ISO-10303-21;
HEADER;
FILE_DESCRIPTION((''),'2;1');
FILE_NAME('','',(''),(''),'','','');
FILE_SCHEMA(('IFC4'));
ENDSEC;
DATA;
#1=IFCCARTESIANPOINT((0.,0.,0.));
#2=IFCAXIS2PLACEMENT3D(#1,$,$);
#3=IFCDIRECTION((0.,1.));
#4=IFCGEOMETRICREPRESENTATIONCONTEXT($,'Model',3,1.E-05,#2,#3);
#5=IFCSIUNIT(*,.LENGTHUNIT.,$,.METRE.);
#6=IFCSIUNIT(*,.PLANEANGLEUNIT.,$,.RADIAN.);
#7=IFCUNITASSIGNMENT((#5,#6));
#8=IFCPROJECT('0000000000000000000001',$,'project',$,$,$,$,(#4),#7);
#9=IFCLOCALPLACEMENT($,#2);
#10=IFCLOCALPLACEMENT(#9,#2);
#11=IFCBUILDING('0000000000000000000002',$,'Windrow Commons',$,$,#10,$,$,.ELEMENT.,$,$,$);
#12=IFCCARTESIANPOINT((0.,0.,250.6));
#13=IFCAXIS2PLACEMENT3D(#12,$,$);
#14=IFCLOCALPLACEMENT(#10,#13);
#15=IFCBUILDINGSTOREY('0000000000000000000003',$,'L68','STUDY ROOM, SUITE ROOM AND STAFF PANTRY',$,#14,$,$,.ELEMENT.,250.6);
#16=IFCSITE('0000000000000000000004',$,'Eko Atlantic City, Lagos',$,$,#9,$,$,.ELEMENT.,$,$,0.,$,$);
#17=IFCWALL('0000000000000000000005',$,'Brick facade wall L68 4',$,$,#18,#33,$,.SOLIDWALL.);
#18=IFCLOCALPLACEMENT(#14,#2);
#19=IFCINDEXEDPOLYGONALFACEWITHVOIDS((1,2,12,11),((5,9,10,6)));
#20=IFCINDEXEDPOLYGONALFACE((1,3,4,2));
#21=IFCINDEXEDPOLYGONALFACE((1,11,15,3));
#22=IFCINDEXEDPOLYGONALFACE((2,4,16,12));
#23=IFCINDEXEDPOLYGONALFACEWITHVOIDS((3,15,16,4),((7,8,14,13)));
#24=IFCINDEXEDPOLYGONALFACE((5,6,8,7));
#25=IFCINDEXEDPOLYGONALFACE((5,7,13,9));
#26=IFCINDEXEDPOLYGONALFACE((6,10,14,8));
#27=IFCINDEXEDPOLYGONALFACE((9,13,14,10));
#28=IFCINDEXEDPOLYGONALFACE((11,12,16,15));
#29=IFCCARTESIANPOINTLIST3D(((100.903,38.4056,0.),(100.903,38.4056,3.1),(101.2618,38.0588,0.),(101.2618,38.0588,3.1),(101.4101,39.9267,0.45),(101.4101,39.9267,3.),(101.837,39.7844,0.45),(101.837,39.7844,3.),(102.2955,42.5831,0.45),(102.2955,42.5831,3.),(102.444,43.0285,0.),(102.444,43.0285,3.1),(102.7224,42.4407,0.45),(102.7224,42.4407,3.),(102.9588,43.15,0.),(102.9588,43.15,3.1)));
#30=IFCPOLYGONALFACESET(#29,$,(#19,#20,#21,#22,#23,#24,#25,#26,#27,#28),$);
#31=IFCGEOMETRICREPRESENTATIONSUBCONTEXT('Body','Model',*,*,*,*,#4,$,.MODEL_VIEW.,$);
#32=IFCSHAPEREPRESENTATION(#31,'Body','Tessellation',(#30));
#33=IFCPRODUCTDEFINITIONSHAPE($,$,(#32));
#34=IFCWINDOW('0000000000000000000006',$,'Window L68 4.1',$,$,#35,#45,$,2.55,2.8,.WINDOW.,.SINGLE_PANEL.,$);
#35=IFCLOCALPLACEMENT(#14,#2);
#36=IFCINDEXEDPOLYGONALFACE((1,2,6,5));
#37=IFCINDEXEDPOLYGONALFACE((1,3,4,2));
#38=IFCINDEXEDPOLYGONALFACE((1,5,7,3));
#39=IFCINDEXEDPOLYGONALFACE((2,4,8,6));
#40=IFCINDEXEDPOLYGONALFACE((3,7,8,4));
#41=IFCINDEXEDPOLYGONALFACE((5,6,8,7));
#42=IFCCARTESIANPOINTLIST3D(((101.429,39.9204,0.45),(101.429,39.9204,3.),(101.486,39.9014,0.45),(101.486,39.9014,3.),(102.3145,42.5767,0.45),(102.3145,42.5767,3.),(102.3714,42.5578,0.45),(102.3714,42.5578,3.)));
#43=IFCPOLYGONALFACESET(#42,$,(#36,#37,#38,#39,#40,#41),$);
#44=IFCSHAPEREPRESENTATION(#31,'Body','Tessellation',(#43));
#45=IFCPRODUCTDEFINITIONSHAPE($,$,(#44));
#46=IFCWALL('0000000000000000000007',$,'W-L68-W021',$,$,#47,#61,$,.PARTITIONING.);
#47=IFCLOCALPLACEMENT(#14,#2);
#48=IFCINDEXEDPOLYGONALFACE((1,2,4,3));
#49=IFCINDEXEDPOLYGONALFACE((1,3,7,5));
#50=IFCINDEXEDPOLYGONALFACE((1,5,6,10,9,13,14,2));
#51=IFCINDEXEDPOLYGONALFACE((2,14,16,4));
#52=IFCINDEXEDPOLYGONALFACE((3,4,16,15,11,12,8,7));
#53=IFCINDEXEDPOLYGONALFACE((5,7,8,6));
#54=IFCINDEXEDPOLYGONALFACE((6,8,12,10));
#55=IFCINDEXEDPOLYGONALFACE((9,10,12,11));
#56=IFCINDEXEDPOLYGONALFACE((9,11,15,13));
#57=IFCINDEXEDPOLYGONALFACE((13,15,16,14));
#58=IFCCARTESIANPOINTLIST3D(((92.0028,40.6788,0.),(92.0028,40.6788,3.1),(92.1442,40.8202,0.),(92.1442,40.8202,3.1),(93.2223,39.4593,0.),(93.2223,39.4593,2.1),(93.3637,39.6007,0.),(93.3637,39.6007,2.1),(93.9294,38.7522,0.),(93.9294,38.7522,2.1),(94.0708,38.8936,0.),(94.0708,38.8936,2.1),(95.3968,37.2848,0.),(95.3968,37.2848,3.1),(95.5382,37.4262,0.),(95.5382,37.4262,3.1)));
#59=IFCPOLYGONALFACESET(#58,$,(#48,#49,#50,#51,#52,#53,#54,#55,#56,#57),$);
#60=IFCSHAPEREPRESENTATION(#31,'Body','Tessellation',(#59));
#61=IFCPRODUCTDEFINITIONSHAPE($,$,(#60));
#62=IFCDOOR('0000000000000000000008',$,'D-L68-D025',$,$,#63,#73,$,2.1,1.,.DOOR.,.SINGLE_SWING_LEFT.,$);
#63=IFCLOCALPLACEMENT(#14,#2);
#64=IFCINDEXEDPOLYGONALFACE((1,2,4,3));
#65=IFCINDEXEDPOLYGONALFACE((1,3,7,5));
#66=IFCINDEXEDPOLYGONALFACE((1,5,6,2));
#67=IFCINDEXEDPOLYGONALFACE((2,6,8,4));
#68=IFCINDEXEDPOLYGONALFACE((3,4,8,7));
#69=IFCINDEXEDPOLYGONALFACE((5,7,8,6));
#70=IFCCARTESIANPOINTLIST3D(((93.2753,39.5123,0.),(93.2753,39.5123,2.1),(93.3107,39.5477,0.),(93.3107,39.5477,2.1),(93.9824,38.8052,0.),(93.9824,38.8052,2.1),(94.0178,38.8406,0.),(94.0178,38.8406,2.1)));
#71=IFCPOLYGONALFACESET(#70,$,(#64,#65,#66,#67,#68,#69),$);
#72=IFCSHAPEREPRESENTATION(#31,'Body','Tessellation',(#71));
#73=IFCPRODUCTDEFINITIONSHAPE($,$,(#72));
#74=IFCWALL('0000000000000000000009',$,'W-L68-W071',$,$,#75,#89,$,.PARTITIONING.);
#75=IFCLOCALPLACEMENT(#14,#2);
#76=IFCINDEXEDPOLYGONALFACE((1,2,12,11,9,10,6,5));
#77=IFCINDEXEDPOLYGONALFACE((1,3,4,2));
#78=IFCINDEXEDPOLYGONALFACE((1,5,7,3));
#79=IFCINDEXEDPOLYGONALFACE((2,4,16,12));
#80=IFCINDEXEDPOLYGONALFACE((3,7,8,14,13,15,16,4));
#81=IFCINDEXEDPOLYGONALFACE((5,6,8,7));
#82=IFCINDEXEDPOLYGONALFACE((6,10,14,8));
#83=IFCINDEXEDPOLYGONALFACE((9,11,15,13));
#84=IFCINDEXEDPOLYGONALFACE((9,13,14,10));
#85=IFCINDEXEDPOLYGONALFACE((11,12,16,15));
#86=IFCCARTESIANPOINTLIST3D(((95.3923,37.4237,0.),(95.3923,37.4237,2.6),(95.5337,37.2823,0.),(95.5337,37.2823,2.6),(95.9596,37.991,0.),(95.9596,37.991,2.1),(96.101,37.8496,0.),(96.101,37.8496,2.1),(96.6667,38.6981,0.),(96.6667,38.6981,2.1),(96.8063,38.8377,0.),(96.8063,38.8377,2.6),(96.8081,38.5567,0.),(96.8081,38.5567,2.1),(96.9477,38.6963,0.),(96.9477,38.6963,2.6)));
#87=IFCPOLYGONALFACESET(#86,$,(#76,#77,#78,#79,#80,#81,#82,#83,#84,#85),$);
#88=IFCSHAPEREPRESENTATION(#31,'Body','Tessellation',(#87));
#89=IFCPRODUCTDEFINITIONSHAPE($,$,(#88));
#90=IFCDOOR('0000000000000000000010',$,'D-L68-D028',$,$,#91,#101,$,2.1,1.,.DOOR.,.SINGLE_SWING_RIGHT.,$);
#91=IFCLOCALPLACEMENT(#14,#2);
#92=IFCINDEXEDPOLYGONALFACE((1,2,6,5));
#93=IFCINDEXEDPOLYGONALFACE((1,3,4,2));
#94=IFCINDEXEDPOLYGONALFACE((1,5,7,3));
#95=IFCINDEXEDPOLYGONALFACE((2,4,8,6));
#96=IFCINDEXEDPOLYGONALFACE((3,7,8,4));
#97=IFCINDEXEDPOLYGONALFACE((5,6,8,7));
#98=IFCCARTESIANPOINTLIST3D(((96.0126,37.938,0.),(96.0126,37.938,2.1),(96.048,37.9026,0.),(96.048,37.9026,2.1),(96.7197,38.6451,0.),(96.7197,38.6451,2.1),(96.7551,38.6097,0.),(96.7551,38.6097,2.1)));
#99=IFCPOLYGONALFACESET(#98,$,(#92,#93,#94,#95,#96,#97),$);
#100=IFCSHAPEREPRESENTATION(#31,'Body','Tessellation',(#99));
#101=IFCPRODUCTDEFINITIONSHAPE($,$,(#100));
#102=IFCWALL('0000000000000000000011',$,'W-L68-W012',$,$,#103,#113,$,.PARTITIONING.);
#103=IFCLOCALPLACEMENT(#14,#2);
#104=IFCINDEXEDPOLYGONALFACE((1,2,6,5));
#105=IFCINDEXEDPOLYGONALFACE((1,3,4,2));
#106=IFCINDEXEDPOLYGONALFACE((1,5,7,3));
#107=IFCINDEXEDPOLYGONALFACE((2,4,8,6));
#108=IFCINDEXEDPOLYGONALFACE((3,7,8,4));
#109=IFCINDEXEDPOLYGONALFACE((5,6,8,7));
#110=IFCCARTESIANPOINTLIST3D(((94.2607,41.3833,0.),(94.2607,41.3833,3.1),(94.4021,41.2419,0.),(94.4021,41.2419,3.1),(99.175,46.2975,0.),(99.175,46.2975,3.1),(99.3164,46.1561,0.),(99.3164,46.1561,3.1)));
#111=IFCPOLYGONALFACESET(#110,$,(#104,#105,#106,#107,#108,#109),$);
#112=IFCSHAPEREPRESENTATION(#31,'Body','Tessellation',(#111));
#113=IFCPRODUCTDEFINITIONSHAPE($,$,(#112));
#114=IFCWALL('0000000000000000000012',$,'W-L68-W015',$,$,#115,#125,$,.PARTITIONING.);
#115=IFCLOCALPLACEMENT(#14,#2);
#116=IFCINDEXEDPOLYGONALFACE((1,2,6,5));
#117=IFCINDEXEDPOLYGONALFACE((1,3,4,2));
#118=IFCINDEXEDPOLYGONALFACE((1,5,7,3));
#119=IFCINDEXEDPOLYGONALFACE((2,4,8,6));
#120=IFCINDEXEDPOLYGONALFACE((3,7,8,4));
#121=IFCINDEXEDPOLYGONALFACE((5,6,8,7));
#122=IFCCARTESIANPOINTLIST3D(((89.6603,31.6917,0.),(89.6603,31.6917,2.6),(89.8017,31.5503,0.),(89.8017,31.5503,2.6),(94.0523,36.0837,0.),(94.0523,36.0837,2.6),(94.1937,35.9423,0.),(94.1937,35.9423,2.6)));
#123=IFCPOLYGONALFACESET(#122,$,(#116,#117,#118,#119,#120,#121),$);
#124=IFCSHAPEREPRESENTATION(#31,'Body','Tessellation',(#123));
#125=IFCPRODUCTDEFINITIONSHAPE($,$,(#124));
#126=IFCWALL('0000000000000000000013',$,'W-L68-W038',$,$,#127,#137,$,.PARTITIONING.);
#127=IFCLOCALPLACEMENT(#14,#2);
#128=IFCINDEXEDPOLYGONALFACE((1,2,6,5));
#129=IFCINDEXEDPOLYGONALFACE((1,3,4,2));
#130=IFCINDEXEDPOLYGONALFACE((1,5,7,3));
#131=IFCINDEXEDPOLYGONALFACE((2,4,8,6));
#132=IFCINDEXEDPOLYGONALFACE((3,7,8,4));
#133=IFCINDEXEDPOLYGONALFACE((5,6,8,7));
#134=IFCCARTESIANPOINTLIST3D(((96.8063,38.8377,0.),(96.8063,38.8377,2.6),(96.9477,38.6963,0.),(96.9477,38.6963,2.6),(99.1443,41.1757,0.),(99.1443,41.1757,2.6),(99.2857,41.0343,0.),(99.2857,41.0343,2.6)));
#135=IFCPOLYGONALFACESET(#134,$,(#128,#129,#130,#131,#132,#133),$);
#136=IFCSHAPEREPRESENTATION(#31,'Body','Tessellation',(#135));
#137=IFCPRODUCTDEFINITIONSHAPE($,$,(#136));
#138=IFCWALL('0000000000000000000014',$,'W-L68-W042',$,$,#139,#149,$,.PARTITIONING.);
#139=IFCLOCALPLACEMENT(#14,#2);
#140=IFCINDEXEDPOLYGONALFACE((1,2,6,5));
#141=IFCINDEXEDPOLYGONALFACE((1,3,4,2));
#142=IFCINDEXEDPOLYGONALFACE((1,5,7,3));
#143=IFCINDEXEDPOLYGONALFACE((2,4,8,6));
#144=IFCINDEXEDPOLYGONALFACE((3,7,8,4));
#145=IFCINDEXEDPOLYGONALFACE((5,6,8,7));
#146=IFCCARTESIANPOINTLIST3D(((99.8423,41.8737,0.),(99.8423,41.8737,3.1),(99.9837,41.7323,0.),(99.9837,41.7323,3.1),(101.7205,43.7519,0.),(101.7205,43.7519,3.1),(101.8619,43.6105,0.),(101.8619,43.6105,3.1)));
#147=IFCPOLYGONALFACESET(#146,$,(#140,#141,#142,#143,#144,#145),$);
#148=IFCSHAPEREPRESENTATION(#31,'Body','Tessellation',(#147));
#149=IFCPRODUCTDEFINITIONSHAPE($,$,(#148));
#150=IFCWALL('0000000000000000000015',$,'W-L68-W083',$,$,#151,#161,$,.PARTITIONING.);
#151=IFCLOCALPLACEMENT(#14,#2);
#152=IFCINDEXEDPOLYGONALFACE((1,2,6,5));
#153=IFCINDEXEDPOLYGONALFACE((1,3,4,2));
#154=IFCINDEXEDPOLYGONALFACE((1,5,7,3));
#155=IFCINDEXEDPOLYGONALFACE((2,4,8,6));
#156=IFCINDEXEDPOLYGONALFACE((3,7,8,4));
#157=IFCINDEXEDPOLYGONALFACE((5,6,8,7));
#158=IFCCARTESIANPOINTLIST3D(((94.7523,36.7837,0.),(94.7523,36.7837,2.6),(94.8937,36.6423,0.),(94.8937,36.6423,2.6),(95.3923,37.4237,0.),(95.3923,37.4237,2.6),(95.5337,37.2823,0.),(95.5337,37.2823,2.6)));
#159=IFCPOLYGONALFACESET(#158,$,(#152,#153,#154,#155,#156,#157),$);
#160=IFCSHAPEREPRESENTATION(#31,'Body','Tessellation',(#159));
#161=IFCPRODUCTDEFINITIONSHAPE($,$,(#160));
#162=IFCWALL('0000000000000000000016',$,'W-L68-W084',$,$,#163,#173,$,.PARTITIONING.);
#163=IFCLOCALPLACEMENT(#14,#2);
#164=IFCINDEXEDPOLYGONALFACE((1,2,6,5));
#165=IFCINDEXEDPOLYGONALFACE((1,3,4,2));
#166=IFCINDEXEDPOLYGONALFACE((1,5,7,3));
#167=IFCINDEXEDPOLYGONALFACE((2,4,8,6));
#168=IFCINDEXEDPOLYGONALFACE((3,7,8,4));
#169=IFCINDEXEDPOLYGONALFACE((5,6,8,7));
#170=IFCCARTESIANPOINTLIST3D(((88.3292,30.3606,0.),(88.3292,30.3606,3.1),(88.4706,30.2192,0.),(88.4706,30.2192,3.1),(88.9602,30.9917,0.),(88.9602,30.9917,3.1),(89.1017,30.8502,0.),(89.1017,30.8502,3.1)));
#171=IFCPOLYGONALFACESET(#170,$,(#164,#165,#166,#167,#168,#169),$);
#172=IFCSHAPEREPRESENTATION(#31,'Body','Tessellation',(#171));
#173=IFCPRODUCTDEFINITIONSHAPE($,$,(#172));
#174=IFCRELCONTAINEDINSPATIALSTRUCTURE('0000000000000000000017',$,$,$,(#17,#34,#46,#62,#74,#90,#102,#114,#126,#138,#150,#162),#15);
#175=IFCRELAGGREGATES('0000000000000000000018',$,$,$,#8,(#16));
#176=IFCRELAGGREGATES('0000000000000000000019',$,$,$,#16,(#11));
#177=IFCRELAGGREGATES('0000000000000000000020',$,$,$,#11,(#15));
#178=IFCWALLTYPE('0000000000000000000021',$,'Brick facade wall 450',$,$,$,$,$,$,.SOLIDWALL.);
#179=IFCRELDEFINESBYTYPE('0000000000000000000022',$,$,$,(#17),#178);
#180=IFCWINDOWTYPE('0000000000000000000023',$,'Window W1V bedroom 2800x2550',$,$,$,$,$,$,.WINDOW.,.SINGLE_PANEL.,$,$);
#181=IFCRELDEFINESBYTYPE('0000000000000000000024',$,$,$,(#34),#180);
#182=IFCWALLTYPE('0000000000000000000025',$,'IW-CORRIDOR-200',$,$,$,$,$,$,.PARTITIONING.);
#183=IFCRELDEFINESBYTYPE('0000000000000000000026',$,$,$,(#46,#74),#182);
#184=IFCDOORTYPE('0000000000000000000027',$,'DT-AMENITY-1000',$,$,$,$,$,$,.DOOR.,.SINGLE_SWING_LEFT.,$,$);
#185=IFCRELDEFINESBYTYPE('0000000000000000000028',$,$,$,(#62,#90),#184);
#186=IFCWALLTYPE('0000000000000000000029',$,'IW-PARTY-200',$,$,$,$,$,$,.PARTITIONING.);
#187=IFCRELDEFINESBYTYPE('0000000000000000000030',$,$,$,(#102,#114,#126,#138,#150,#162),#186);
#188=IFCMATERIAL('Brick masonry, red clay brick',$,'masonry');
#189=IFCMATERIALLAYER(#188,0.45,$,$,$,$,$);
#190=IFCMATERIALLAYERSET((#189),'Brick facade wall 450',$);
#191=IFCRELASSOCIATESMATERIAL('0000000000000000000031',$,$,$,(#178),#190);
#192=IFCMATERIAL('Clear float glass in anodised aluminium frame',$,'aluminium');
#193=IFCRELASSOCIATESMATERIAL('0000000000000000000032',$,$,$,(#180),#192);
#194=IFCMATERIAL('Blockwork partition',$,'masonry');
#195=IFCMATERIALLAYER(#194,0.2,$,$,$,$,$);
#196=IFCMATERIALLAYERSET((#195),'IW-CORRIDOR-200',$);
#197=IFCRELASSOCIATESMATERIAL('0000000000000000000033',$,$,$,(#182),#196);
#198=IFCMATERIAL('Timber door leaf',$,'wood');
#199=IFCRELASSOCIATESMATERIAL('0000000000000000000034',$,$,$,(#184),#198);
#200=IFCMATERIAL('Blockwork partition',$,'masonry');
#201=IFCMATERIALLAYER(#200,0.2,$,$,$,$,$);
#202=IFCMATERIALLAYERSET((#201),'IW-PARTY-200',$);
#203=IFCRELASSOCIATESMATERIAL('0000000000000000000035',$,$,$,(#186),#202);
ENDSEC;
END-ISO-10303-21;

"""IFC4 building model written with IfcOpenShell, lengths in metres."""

from ifc_helpers import new_model, si_unit, direction, frame, frame_2d, origin, place, context, subcontext, project, spatial, polyline, rectangle, outline, extrude, material, layer, layer_set, type_object, element, fill, save


model = new_model("IFC4")

# Units and contexts
model_context = context("Model", 3, precision=1e-05, world=origin(), true_north=direction((0.0, 1.0)))
body_context = subcontext(model_context, "Body", "Model", "MODEL_VIEW")
ifc_project = project(units=[si_unit("LENGTHUNIT", "METRE"), si_unit("PLANEANGLEUNIT", "RADIAN")], contexts=[model_context])

# Site, building, storey
site_placement = place(None, origin())
site = spatial("IfcSite", under=ifc_project, at=site_placement, Name="Eko Atlantic City, Lagos", CompositionType="ELEMENT", RefElevation=0.0)
building_placement = place(site_placement, origin())
building = spatial("IfcBuilding", under=site, at=building_placement, Name="Windrow Commons", CompositionType="ELEMENT")
storey_placement = place(building_placement, frame((0.0, 0.0, 250.6)))
storey = spatial("IfcBuildingStorey", under=building, at=storey_placement, Name="L68", Description="STUDY ROOM, SUITE ROOM AND STAFF PANTRY", CompositionType="ELEMENT", Elevation=250.6)

# Wall, opening, window
ifc_material_1 = material(Name="Brick masonry, red clay brick", Category="masonry")
ifc_layer_1 = layer(ifc_material_1, 0.45)
ifc_layer_set_1 = layer_set([ifc_layer_1], Name="Brick facade wall 450")
wall_type_1 = type_object("IfcWallType", Name="Brick facade wall 450", PredefinedType="SOLIDWALL", material=ifc_layer_set_1)
ifc_material_2 = material(Name="Clear float glass in anodised aluminium frame", Category="aluminium")
window_type = type_object("IfcWindowType", Name="Window W1V bedroom 2800x2550", PartitioningType="SINGLE_PANEL", PredefinedType="WINDOW", material=ifc_material_2)
wall_1_placement = place(storey_placement, frame((101.0824, 38.2322, 0.0), z_axis=(0.0, 0.0, 1.0), x_axis=(0.316228, 0.948683, 0.0)))
wall_1 = element("IfcWall", 1, at=wall_1_placement, inside=storey, type_object=wall_type_1, Name="Brick facade wall L68 4", PredefinedType="SOLIDWALL", context=body_context, shape_type="SweptSolid", body=[
    extrude(outline(polyline([(-0.1078, -0.225), (5.2588, -0.225), (4.9807, 0.225), (0.1078, 0.225), (-0.1078, -0.225)])), origin(), (0.0, 0.0, 1.0), 3.1),
])
opening_1_placement = place(wall_1_placement, frame((1.7112, 0.0, 0.45)))
opening_1 = element("IfcOpeningElement", 2, at=opening_1_placement, cuts=wall_1, PredefinedType="OPENING", context=body_context, shape_type="SweptSolid", body=[
    extrude(rectangle(XDim=2.8, YDim=2.55, at=frame_2d((1.4, 1.275))), frame((0.0, 0.235, 0.0), z_axis=(0.0, -1.0, 0.0), x_axis=(1.0, 0.0, 0.0)), (0.0, 0.0, 1.0), 0.47),
])
window_1_placement = place(opening_1_placement, origin())
window_1 = element("IfcWindow", 3, at=window_1_placement, inside=storey, type_object=window_type, Name="Window L68 4.1", OverallHeight=2.55, OverallWidth=2.8, PartitioningType="SINGLE_PANEL", PredefinedType="WINDOW", context=body_context, shape_type="SweptSolid", body=[
    extrude(rectangle(XDim=2.8, YDim=2.55, at=frame_2d((1.4, 1.275))), frame((0.0, 0.205, 0.0), z_axis=(0.0, -1.0, 0.0), x_axis=(1.0, 0.0, 0.0)), (0.0, 0.0, 1.0), 0.06),
])
fill(opening_1, window_1)

# Walls, openings, doors
ifc_material_3 = material(Name="Blockwork partition", Category="masonry")
ifc_layer_2 = layer(ifc_material_3, 0.2)
ifc_layer_set_2 = layer_set([ifc_layer_2], Name="IW-CORRIDOR-200")
wall_type_2 = type_object("IfcWallType", Name="IW-CORRIDOR-200", PredefinedType="PARTITIONING", material=ifc_layer_set_2)
wall_2_placement = place(storey_placement, frame((92.0735, 40.7495, 0.0), z_axis=(0.0, 0.0, 1.0), x_axis=(0.707107, -0.707107, 0.0)))
wall_2 = element("IfcWall", 4, at=wall_2_placement, inside=storey, type_object=wall_type_2, Name="W-L68-W021", PredefinedType="PARTITIONING", context=body_context, shape_type="SweptSolid", body=[
    extrude(rectangle(XDim=4.7998, YDim=0.2, at=frame_2d((2.3999, 0.0))), origin(), (0.0, 0.0, 1.0), 3.1),
])
opening_2_placement = place(wall_2_placement, frame((1.7246, 0.0, 0.0)))
opening_2 = element("IfcOpeningElement", 5, at=opening_2_placement, cuts=wall_2, PredefinedType="OPENING", context=body_context, shape_type="SweptSolid", body=[
    extrude(rectangle(XDim=1.0, YDim=2.1, at=frame_2d((0.5, 1.05))), frame((0.0, 0.11, 0.0), z_axis=(0.0, -1.0, 0.0), x_axis=(1.0, 0.0, 0.0)), (0.0, 0.0, 1.0), 0.22),
])
ifc_material_4 = material(Name="Timber door leaf", Category="wood")
door_type_1 = type_object("IfcDoorType", Name="DT-AMENITY-1000", OperationType="SINGLE_SWING_LEFT", PredefinedType="DOOR", material=ifc_material_4)
door_1_placement = place(opening_2_placement, origin())
door_1 = element("IfcDoor", 6, at=door_1_placement, inside=storey, type_object=door_type_1, Name="D-L68-D025", OperationType="SINGLE_SWING_LEFT", OverallHeight=2.1, OverallWidth=1.0, PredefinedType="DOOR", context=body_context, shape_type="SweptSolid", body=[
    extrude(rectangle(XDim=1.0, YDim=2.1, at=frame_2d((0.5, 1.05))), frame((0.0, 0.025, 0.0), z_axis=(0.0, -1.0, 0.0), x_axis=(1.0, 0.0, 0.0)), (0.0, 0.0, 1.0), 0.05),
])
fill(opening_2, door_1)
wall_3_placement = place(storey_placement, frame((95.463, 37.353, 0.0), z_axis=(0.0, 0.0, 1.0), x_axis=(0.707107, 0.707107, 0.0)))
wall_3 = element("IfcWall", 7, at=wall_3_placement, inside=storey, type_object=wall_type_2, Name="W-L68-W071", PredefinedType="PARTITIONING", context=body_context, shape_type="SweptSolid", body=[
    extrude(rectangle(XDim=1.9997, YDim=0.2, at=frame_2d((0.9999, 0.0))), origin(), (0.0, 0.0, 1.0), 2.6),
])
opening_3_placement = place(wall_3_placement, frame((0.8023, 0.0, 0.0)))
opening_3 = element("IfcOpeningElement", 8, at=opening_3_placement, cuts=wall_3, PredefinedType="OPENING", context=body_context, shape_type="SweptSolid", body=[
    extrude(rectangle(XDim=1.0, YDim=2.1, at=frame_2d((0.5, 1.05))), frame((0.0, 0.11, 0.0), z_axis=(0.0, -1.0, 0.0), x_axis=(1.0, 0.0, 0.0)), (0.0, 0.0, 1.0), 0.22),
])
door_2_placement = place(opening_3_placement, origin())
door_2 = element("IfcDoor", 9, at=door_2_placement, inside=storey, type_object=door_type_1, Name="D-L68-D028", OperationType="SINGLE_SWING_RIGHT", OverallHeight=2.1, OverallWidth=1.0, PredefinedType="DOOR", context=body_context, shape_type="SweptSolid", body=[
    extrude(rectangle(XDim=1.0, YDim=2.1, at=frame_2d((0.5, 1.05))), frame((0.0, 0.025, 0.0), z_axis=(0.0, -1.0, 0.0), x_axis=(1.0, 0.0, 0.0)), (0.0, 0.0, 1.0), 0.05),
])
fill(opening_3, door_2)

# Walls
ifc_material_5 = material(Name="Blockwork partition", Category="masonry")
ifc_layer_3 = layer(ifc_material_5, 0.2)
ifc_layer_set_3 = layer_set([ifc_layer_3], Name="IW-PARTY-200")
wall_type_3 = type_object("IfcWallType", Name="IW-PARTY-200", PredefinedType="PARTITIONING", material=ifc_layer_set_3)
wall_4_placement = place(storey_placement, frame((94.3314, 41.3126, 0.0), z_axis=(0.0, 0.0, 1.0), x_axis=(0.707114, 0.7071, 0.0)))
element("IfcWall", 10, at=wall_4_placement, inside=storey, type_object=wall_type_3, Name="W-L68-W012", PredefinedType="PARTITIONING", context=body_context, shape_type="SweptSolid", body=[
    extrude(rectangle(XDim=6.9498, YDim=0.2, at=frame_2d((3.4749, 0.0))), origin(), (0.0, 0.0, 1.0), 3.1),
])
wall_5_placement = place(storey_placement, frame((89.731, 31.621, 0.0), z_axis=(0.0, 0.0, 1.0), x_axis=(0.707107, 0.707107, 0.0)))
element("IfcWall", 11, at=wall_5_placement, inside=storey, type_object=wall_type_3, Name="W-L68-W015", PredefinedType="PARTITIONING", context=body_context, shape_type="SweptSolid", body=[
    extrude(rectangle(XDim=6.2112, YDim=0.2, at=frame_2d((3.1056, 0.0))), origin(), (0.0, 0.0, 1.0), 2.6),
])
wall_6_placement = place(storey_placement, frame((96.877, 38.767, 0.0), z_axis=(0.0, 0.0, 1.0), x_axis=(0.707107, 0.707107, 0.0)))
element("IfcWall", 12, at=wall_6_placement, inside=storey, type_object=wall_type_3, Name="W-L68-W038", PredefinedType="PARTITIONING", context=body_context, shape_type="SweptSolid", body=[
    extrude(rectangle(XDim=3.3064, YDim=0.2, at=frame_2d((1.6532, 0.0))), origin(), (0.0, 0.0, 1.0), 2.6),
])
wall_7_placement = place(storey_placement, frame((99.913, 41.803, 0.0), z_axis=(0.0, 0.0, 1.0), x_axis=(0.707107, 0.707107, 0.0)))
element("IfcWall", 13, at=wall_7_placement, inside=storey, type_object=wall_type_3, Name="W-L68-W042", PredefinedType="PARTITIONING", context=body_context, shape_type="SweptSolid", body=[
    extrude(rectangle(XDim=2.6562, YDim=0.2, at=frame_2d((1.3281, 0.0))), origin(), (0.0, 0.0, 1.0), 3.1),
])
wall_8_placement = place(storey_placement, frame((94.823, 36.713, 0.0), z_axis=(0.0, 0.0, 1.0), x_axis=(0.707107, 0.707107, 0.0)))
element("IfcWall", 14, at=wall_8_placement, inside=storey, type_object=wall_type_3, Name="W-L68-W083", PredefinedType="PARTITIONING", context=body_context, shape_type="SweptSolid", body=[
    extrude(rectangle(XDim=0.9051, YDim=0.2, at=frame_2d((0.4526, 0.0))), origin(), (0.0, 0.0, 1.0), 2.6),
])
wall_9_placement = place(storey_placement, frame((88.3999, 30.2899, 0.0), z_axis=(0.0, 0.0, 1.0), x_axis=(0.707107, 0.707107, 0.0)))
element("IfcWall", 15, at=wall_9_placement, inside=storey, type_object=wall_type_3, Name="W-L68-W084", PredefinedType="PARTITIONING", context=body_context, shape_type="SweptSolid", body=[
    extrude(rectangle(XDim=0.8925, YDim=0.2, at=frame_2d((0.4462, 0.0))), origin(), (0.0, 0.0, 1.0), 3.1),
])

save(model, "model.ifc")
